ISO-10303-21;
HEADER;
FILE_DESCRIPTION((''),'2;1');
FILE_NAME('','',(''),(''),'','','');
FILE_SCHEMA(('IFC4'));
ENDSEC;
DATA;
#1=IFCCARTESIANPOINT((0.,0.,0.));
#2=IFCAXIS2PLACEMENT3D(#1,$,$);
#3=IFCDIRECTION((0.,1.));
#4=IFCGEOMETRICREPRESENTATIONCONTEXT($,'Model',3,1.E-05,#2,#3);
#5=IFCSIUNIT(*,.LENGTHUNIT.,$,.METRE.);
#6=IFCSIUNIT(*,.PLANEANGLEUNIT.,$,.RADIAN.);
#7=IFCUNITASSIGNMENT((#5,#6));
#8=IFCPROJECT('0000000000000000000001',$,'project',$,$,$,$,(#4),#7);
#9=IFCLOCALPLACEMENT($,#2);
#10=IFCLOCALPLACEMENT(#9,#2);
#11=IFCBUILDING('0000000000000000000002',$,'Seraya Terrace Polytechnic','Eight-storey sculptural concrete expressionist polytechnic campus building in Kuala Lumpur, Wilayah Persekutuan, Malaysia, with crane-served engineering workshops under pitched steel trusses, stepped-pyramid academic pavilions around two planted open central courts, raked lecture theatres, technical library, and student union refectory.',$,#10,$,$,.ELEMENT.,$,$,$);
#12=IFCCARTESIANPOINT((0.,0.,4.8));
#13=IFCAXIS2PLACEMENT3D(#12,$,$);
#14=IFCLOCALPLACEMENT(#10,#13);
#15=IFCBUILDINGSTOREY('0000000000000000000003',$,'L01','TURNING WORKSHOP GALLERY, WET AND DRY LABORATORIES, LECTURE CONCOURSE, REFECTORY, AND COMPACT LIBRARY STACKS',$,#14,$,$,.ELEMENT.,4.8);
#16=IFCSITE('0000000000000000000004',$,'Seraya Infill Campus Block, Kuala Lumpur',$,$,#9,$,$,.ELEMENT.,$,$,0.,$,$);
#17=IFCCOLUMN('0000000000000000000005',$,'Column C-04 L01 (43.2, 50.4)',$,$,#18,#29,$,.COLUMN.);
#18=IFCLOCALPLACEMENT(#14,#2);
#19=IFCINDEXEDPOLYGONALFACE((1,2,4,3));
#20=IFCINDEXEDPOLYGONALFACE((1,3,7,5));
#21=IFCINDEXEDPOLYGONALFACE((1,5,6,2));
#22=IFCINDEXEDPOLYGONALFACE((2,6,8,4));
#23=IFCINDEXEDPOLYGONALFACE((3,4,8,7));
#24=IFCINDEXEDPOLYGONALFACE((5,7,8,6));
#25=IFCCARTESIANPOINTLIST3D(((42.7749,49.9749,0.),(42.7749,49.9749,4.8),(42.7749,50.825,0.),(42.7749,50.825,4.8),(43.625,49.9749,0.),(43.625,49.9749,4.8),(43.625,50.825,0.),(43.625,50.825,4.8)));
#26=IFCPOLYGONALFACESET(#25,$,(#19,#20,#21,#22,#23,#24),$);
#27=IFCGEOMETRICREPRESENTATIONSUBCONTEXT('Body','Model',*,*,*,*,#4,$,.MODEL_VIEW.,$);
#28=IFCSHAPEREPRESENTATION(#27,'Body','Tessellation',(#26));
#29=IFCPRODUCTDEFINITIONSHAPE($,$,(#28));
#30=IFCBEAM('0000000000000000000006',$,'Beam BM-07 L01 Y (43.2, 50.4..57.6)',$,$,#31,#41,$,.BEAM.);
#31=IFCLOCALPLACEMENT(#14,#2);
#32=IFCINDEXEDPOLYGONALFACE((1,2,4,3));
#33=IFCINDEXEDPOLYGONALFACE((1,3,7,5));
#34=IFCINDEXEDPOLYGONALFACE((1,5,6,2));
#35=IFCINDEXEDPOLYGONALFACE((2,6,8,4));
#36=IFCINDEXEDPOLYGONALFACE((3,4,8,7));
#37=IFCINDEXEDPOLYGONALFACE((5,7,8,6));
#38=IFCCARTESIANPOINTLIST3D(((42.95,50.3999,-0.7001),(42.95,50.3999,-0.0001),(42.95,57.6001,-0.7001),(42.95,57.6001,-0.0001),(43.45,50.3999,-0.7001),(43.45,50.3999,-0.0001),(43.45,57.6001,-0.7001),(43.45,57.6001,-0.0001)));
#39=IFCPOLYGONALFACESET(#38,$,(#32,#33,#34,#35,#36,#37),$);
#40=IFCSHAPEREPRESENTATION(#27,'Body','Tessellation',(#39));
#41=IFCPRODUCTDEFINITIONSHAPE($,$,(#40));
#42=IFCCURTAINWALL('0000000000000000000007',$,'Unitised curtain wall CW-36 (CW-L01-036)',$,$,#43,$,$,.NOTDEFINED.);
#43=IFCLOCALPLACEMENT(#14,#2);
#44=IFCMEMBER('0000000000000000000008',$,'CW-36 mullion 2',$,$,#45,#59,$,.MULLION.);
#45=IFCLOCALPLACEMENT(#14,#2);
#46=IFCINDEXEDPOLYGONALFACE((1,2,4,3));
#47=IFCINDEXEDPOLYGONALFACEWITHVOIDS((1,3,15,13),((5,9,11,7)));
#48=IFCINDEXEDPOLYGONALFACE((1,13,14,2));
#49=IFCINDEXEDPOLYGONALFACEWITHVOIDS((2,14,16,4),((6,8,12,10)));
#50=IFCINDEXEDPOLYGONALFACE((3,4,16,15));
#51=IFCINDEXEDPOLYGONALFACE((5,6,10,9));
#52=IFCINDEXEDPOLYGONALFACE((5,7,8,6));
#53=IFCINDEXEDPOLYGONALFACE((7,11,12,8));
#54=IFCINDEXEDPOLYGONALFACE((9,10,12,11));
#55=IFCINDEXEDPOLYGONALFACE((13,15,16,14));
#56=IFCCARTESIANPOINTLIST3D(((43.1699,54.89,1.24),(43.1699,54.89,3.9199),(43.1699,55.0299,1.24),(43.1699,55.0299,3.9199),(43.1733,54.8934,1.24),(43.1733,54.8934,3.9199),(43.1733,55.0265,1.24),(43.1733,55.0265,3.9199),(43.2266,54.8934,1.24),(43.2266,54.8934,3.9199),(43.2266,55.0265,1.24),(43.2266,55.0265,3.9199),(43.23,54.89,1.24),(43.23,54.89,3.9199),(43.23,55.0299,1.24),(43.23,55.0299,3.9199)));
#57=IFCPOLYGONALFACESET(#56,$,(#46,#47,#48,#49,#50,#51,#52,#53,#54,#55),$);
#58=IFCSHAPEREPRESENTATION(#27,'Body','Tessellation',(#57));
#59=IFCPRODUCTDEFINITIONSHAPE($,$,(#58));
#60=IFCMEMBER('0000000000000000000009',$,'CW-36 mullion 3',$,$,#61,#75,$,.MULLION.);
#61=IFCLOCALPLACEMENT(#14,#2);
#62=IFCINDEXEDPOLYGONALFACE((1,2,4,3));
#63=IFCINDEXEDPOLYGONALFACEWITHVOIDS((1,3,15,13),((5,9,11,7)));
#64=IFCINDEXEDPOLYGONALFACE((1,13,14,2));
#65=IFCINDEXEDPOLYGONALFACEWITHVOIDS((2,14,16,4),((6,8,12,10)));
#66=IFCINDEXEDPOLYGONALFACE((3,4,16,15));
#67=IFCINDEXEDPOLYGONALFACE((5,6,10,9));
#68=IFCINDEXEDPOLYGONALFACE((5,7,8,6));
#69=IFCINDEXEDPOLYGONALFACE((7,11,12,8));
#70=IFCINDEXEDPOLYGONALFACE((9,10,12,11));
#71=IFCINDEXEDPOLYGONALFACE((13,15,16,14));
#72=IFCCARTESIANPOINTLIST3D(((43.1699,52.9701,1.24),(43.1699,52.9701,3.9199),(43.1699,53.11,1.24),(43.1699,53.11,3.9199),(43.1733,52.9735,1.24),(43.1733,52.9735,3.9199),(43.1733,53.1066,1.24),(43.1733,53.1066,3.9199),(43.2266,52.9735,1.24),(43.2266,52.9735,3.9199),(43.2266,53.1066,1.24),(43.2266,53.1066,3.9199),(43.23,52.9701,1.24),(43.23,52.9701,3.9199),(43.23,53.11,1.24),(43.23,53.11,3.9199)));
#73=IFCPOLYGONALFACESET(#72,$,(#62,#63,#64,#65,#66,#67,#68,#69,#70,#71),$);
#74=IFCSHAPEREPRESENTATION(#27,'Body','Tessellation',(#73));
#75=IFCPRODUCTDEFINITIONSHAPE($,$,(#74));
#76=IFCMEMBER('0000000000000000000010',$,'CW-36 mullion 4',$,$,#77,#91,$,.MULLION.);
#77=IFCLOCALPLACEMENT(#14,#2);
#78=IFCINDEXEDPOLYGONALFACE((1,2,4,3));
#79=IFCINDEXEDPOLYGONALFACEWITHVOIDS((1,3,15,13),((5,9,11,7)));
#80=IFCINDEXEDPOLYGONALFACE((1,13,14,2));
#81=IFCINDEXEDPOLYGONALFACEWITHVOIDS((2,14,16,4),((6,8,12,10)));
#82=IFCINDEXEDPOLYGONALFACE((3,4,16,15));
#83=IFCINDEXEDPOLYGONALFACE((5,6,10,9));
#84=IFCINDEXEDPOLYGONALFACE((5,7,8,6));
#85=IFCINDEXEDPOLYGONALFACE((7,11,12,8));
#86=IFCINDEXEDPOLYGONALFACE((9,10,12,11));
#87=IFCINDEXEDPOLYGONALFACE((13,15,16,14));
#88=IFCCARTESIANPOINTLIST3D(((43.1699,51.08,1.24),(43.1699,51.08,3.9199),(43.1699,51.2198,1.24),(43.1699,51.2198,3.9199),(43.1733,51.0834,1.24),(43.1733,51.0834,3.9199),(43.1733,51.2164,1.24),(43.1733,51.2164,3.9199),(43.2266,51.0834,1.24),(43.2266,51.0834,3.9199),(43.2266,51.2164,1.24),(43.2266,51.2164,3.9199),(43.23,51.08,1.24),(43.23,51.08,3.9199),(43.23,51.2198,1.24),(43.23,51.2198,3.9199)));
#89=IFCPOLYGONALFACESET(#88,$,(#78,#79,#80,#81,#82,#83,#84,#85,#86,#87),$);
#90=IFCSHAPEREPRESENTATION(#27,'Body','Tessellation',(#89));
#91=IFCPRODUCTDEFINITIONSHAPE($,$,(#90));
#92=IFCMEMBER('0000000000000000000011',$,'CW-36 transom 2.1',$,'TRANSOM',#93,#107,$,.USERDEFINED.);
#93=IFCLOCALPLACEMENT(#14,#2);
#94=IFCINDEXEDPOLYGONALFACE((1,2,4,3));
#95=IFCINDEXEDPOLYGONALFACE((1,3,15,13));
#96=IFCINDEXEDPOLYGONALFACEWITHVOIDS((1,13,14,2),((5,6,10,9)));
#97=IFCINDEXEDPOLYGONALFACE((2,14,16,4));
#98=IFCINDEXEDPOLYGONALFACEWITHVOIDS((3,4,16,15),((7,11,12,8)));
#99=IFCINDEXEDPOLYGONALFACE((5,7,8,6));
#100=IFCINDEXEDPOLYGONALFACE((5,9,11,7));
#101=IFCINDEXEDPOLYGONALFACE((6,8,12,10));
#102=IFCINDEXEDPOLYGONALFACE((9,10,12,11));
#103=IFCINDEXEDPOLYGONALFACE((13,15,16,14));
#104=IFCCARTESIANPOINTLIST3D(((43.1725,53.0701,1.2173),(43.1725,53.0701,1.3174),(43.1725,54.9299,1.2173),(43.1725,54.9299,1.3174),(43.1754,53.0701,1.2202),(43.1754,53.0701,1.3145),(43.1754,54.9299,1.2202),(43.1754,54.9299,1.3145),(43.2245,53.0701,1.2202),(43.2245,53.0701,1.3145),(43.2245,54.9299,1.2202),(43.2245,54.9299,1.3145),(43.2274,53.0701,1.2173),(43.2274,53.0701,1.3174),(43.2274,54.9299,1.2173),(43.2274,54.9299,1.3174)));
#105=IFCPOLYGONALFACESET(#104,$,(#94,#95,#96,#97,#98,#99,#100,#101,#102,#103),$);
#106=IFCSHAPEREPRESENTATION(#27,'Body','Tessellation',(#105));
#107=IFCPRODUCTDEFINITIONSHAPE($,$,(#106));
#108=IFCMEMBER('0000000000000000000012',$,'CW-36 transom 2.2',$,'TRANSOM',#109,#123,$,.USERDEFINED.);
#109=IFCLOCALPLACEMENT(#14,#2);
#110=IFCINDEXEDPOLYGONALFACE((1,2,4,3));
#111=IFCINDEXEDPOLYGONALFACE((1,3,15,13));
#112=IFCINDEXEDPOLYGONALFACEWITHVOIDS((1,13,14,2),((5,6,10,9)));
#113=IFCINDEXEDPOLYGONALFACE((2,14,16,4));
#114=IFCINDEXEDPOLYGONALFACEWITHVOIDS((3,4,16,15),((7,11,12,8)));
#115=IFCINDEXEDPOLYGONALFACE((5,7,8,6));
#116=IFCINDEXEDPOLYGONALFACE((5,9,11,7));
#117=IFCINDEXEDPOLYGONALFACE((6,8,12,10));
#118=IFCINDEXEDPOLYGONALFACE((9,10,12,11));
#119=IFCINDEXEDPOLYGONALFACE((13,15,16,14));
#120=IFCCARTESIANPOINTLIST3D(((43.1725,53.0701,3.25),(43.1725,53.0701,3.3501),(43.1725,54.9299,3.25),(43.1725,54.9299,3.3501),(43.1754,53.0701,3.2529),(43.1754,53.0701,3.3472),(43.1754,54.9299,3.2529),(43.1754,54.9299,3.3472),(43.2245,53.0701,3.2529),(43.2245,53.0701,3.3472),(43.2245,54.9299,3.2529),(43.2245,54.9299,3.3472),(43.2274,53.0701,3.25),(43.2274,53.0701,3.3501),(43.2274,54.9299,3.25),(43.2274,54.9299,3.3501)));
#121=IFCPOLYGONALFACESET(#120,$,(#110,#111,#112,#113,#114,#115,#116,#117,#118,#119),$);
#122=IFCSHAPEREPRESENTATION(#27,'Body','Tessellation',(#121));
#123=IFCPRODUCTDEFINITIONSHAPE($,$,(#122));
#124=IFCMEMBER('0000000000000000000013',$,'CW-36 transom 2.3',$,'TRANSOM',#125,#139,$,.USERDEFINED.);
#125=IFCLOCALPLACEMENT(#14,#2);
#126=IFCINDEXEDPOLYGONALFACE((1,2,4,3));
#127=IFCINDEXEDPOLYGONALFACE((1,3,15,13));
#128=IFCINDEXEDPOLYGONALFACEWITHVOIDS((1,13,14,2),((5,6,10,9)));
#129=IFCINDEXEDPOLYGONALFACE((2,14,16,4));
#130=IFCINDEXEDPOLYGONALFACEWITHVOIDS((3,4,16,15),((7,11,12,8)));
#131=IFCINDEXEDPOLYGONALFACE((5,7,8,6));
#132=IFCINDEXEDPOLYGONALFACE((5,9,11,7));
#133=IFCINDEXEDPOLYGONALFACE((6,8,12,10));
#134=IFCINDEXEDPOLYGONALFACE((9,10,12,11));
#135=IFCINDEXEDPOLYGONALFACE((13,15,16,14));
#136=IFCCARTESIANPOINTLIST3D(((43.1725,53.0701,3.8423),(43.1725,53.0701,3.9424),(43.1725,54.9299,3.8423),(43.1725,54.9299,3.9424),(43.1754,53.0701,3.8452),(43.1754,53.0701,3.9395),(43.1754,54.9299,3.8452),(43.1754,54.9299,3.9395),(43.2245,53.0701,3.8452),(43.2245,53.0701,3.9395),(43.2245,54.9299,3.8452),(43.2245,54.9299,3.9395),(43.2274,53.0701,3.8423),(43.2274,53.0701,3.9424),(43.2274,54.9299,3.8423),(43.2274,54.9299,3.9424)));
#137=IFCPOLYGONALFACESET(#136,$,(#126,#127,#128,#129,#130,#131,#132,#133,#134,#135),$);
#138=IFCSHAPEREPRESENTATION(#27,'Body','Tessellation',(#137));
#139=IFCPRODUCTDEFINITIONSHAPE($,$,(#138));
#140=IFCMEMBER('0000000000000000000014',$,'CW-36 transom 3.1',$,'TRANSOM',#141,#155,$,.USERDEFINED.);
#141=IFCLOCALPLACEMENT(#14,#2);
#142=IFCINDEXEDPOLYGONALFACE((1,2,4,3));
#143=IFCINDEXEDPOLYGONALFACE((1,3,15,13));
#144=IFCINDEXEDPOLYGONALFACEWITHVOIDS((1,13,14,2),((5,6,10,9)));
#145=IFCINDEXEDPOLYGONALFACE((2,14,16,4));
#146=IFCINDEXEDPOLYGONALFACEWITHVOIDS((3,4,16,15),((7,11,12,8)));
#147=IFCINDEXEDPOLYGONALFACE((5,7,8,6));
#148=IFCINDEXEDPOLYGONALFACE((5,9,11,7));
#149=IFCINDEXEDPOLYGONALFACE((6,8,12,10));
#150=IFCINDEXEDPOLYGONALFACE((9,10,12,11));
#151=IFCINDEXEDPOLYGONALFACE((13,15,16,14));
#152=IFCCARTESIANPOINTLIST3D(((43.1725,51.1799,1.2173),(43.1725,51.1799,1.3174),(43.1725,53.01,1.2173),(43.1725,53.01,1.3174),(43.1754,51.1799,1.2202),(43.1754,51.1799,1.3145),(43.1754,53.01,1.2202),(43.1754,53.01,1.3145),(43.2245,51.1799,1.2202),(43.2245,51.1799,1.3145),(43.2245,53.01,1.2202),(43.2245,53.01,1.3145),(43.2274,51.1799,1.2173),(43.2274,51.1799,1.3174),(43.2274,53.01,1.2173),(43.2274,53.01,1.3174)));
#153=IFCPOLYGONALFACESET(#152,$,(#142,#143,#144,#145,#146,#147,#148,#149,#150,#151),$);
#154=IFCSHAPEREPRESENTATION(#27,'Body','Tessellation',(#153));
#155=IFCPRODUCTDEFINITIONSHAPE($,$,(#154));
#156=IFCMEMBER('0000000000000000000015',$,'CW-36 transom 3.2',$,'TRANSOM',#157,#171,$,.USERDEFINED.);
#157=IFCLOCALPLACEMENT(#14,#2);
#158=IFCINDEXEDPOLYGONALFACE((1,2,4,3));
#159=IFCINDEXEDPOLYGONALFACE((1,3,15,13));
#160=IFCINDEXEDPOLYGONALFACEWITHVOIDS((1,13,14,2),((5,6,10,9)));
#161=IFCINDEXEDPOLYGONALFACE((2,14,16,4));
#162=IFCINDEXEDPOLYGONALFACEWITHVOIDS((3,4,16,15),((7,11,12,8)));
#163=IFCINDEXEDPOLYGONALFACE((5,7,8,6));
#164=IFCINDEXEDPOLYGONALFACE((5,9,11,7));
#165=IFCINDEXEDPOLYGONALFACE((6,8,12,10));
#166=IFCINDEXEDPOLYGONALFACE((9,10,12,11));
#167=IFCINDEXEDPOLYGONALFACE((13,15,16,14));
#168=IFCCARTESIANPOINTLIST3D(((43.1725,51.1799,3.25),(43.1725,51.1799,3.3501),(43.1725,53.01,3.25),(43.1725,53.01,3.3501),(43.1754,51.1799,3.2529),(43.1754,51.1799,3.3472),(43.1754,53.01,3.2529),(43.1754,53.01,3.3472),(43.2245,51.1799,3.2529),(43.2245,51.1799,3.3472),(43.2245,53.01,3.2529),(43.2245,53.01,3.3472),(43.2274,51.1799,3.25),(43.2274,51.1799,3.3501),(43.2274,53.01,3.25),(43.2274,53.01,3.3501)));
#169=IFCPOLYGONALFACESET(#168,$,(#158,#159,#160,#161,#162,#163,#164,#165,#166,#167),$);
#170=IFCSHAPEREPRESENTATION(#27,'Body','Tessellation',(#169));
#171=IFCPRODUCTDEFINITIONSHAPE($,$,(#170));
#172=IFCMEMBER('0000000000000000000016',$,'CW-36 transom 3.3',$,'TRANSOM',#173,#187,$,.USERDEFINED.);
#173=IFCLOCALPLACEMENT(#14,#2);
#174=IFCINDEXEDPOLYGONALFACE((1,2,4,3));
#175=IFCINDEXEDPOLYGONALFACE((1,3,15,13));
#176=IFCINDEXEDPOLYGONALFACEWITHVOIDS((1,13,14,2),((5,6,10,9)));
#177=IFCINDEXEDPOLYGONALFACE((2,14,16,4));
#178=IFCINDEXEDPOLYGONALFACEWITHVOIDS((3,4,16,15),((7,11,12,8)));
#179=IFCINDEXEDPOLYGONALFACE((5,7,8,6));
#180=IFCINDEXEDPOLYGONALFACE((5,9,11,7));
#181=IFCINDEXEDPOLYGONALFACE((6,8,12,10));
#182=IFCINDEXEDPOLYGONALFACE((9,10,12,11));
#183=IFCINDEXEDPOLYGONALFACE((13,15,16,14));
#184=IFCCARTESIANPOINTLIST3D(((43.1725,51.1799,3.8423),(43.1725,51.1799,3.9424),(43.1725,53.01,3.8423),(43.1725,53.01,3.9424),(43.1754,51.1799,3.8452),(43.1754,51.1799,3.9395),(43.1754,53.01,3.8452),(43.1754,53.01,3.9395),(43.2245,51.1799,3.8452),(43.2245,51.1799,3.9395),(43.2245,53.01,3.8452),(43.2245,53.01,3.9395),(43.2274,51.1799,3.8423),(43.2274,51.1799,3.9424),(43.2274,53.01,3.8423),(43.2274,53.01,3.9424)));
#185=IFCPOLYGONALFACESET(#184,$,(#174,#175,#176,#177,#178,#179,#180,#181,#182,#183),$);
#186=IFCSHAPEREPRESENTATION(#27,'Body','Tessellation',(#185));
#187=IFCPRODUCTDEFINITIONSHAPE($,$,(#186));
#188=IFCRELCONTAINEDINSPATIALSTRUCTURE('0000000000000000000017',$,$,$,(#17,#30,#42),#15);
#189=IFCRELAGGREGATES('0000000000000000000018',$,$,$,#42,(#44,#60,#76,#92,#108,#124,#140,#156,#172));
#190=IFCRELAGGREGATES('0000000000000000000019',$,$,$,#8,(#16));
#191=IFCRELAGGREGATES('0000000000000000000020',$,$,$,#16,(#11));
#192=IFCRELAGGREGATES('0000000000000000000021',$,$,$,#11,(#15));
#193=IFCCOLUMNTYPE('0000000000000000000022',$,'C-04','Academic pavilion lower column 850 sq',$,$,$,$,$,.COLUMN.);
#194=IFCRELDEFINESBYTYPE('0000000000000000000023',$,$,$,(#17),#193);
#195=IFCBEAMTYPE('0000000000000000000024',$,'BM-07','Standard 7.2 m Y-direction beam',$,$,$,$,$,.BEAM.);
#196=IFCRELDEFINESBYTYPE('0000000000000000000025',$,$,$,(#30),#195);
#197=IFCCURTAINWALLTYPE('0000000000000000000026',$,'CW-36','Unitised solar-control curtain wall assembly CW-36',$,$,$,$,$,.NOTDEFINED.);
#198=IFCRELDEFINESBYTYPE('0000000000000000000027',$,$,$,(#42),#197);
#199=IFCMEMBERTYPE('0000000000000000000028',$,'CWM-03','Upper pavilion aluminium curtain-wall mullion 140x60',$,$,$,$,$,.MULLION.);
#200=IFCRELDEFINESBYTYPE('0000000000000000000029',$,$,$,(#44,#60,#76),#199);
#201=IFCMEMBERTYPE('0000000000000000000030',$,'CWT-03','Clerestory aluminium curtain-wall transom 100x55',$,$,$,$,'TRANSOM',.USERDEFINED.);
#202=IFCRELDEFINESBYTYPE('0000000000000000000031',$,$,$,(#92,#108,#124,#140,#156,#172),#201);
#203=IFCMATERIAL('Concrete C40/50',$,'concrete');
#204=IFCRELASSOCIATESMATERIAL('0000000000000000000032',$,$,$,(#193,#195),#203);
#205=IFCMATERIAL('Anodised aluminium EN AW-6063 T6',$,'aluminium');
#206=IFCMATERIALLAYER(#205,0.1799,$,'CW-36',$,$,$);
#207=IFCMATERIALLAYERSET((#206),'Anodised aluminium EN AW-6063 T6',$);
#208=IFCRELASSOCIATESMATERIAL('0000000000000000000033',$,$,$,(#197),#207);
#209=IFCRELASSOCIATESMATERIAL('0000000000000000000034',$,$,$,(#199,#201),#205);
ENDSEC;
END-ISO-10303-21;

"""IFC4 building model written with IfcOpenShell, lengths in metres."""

from ifc_helpers import new_model, si_unit, direction, frame, origin, origin_2d, place, context, subcontext, project, spatial, rectangle, hollow_rectangle, extrude, material, layer, layer_set, material_profile, profile_set, type_object, element, aggregate, save


model = new_model("IFC4")

# Units and contexts
model_context = context("Model", 3, precision=1e-05, world=origin(), true_north=direction((0.0, 1.0)))
body_context = subcontext(model_context, "Body", "Model", "MODEL_VIEW")
ifc_project = project(units=[si_unit("LENGTHUNIT", "METRE"), si_unit("PLANEANGLEUNIT", "RADIAN")], contexts=[model_context])

# Site, building, storey
site_placement = place(None, origin())
site = spatial("IfcSite", under=ifc_project, at=site_placement, Name="Seraya Infill Campus Block, Kuala Lumpur", CompositionType="ELEMENT", RefElevation=0.0)
building_placement = place(site_placement, origin())
building = spatial("IfcBuilding", under=site, at=building_placement, Name="Seraya Terrace Polytechnic", Description="Eight-storey sculptural concrete expressionist polytechnic campus building in Kuala Lumpur, Wilayah Persekutuan, Malaysia, with crane-served engineering workshops under pitched steel trusses, stepped-pyramid academic pavilions around two planted open central courts, raked lecture theatres, technical library, and student union refectory.", CompositionType="ELEMENT")
storey_placement = place(building_placement, frame((0.0, 0.0, 4.8)))
storey = spatial("IfcBuildingStorey", under=building, at=storey_placement, Name="L01", Description="TURNING WORKSHOP GALLERY, WET AND DRY LABORATORIES, LECTURE CONCOURSE, REFECTORY, AND COMPACT LIBRARY STACKS", CompositionType="ELEMENT", Elevation=4.8)

# Column
ifc_material_1 = material(Name="Concrete C40/50", Category="concrete")
ifc_material_profile_1 = material_profile(ifc_material_1, rectangle(XDim=0.8501, YDim=0.8501, at=origin_2d()), Name="RC 850x850")
ifc_profile_set_1 = profile_set([ifc_material_profile_1], Name="Concrete C40/50")
column_type = type_object("IfcColumnType", Name="C-04", Description="Academic pavilion lower column 850 sq", PredefinedType="COLUMN", material=ifc_profile_set_1)
column_placement = place(storey_placement, frame((43.2, 50.3999, 0.0), z_axis=(0.0, 0.0, 1.0), x_axis=(1.0, 0.0, 0.0)))
element("IfcColumn", 1, at=column_placement, inside=storey, type_object=column_type, Name="Column C-04 L01 (43.2, 50.4)", PredefinedType="COLUMN", context=body_context, shape_type="SweptSolid", body=[
    extrude(rectangle(XDim=0.8501, YDim=0.8501, at=origin_2d()), origin(), (0.0, 0.0, 1.0), 4.8),
])

# Beam
ifc_material_profile_2 = material_profile(ifc_material_1, rectangle(XDim=0.5, YDim=0.7, at=origin_2d()), Name="RC 500x700")
ifc_profile_set_2 = profile_set([ifc_material_profile_2], Name="Concrete C40/50")
beam_type = type_object("IfcBeamType", Name="BM-07", Description="Standard 7.2 m Y-direction beam", PredefinedType="BEAM", material=ifc_profile_set_2)
beam_placement = place(storey_placement, frame((43.2, 50.3999, -0.3501), z_axis=(0.0, 1.0, 0.0), x_axis=(-1.0, 0.0, 0.0)))
element("IfcBeam", 2, at=beam_placement, inside=storey, type_object=beam_type, Name="Beam BM-07 L01 Y (43.2, 50.4..57.6)", PredefinedType="BEAM", context=body_context, shape_type="SweptSolid", body=[
    extrude(rectangle(XDim=0.5, YDim=0.7, at=origin_2d()), origin(), (0.0, 0.0, 1.0), 7.2002),
])

# Curtain wall, members
ifc_material_2 = material(Name="Anodised aluminium EN AW-6063 T6", Category="aluminium")
ifc_layer_1 = layer(ifc_material_2, 0.1799, Name="CW-36")
ifc_layer_set_1 = layer_set([ifc_layer_1], Name="Anodised aluminium EN AW-6063 T6")
curtain_wall_type = type_object("IfcCurtainWallType", Name="CW-36", Description="Unitised solar-control curtain wall assembly CW-36", PredefinedType="NOTDEFINED", material=ifc_layer_set_1)
curtain_wall_placement = place(storey_placement, origin())
curtain_wall = element("IfcCurtainWall", 3, at=curtain_wall_placement, inside=storey, type_object=curtain_wall_type, Name="Unitised curtain wall CW-36 (CW-L01-036)", PredefinedType="NOTDEFINED")
ifc_material_profile_3 = material_profile(ifc_material_2, hollow_rectangle(XDim=0.0601, YDim=0.1399, WallThickness=0.0034, at=origin_2d()), Name="RHS 140x60x3.5")
ifc_profile_set_3 = profile_set([ifc_material_profile_3], Name="Anodised aluminium EN AW-6063 T6")
member_type_1 = type_object("IfcMemberType", Name="CWM-03", Description="Upper pavilion aluminium curtain-wall mullion 140x60", PredefinedType="MULLION", material=ifc_profile_set_3)
member_1_placement = place(storey_placement, frame((43.2, 54.96, 1.24), z_axis=(0.0, 0.0, 1.0), x_axis=(1.0, 0.0, 0.0)))
member_1 = element("IfcMember", 4, at=member_1_placement, type_object=member_type_1, Name="CW-36 mullion 2", PredefinedType="MULLION", context=body_context, shape_type="SweptSolid", body=[
    extrude(hollow_rectangle(XDim=0.0601, YDim=0.1399, WallThickness=0.0034, at=origin_2d()), origin(), (0.0, 0.0, 1.0), 2.6799),
])
member_2_placement = place(storey_placement, frame((43.2, 53.04, 1.24), z_axis=(0.0, 0.0, 1.0), x_axis=(1.0, 0.0, 0.0)))
member_2 = element("IfcMember", 5, at=member_2_placement, type_object=member_type_1, Name="CW-36 mullion 3", PredefinedType="MULLION", context=body_context, shape_type="SweptSolid", body=[
    extrude(hollow_rectangle(XDim=0.0601, YDim=0.1399, WallThickness=0.0034, at=origin_2d()), origin(), (0.0, 0.0, 1.0), 2.6799),
])
member_3_placement = place(storey_placement, frame((43.2, 51.1499, 1.24), z_axis=(0.0, 0.0, 1.0), x_axis=(1.0, 0.0, 0.0)))
member_3 = element("IfcMember", 6, at=member_3_placement, type_object=member_type_1, Name="CW-36 mullion 4", PredefinedType="MULLION", context=body_context, shape_type="SweptSolid", body=[
    extrude(hollow_rectangle(XDim=0.0601, YDim=0.1399, WallThickness=0.0034, at=origin_2d()), origin(), (0.0, 0.0, 1.0), 2.6799),
])
ifc_material_profile_4 = material_profile(ifc_material_2, hollow_rectangle(XDim=0.0549, YDim=0.1001, WallThickness=0.0029, at=origin_2d()), Name="RHS 100x55x3.0")
ifc_profile_set_4 = profile_set([ifc_material_profile_4], Name="Anodised aluminium EN AW-6063 T6")
member_type_2 = type_object("IfcMemberType", Name="CWT-03", Description="Clerestory aluminium curtain-wall transom 100x55", ElementType="TRANSOM", PredefinedType="USERDEFINED", material=ifc_profile_set_4)
member_4_placement = place(storey_placement, frame((43.2, 54.9299, 1.2673), z_axis=(0.0, -1.0, 0.0), x_axis=(1.0, 0.0, 0.0)))
member_4 = element("IfcMember", 7, at=member_4_placement, type_object=member_type_2, Name="CW-36 transom 2.1", ObjectType="TRANSOM", PredefinedType="USERDEFINED", context=body_context, shape_type="SweptSolid", body=[
    extrude(hollow_rectangle(XDim=0.0549, YDim=0.1001, WallThickness=0.0029, at=origin_2d()), origin(), (0.0, 0.0, 1.0), 1.8599),
])
member_5_placement = place(storey_placement, frame((43.2, 54.9299, 3.3), z_axis=(0.0, -1.0, 0.0), x_axis=(1.0, 0.0, 0.0)))
member_5 = element("IfcMember", 8, at=member_5_placement, type_object=member_type_2, Name="CW-36 transom 2.2", ObjectType="TRANSOM", PredefinedType="USERDEFINED", context=body_context, shape_type="SweptSolid", body=[
    extrude(hollow_rectangle(XDim=0.0549, YDim=0.1001, WallThickness=0.0029, at=origin_2d()), origin(), (0.0, 0.0, 1.0), 1.8599),
])
member_6_placement = place(storey_placement, frame((43.2, 54.9299, 3.8923), z_axis=(0.0, -1.0, 0.0), x_axis=(1.0, 0.0, 0.0)))
member_6 = element("IfcMember", 9, at=member_6_placement, type_object=member_type_2, Name="CW-36 transom 2.3", ObjectType="TRANSOM", PredefinedType="USERDEFINED", context=body_context, shape_type="SweptSolid", body=[
    extrude(hollow_rectangle(XDim=0.0549, YDim=0.1001, WallThickness=0.0029, at=origin_2d()), origin(), (0.0, 0.0, 1.0), 1.8599),
])
member_7_placement = place(storey_placement, frame((43.2, 53.01, 1.2673), z_axis=(0.0, -1.0, 0.0), x_axis=(1.0, 0.0, 0.0)))
member_7 = element("IfcMember", 10, at=member_7_placement, type_object=member_type_2, Name="CW-36 transom 3.1", ObjectType="TRANSOM", PredefinedType="USERDEFINED", context=body_context, shape_type="SweptSolid", body=[
    extrude(hollow_rectangle(XDim=0.0549, YDim=0.1001, WallThickness=0.0029, at=origin_2d()), origin(), (0.0, 0.0, 1.0), 1.8301),
])
member_8_placement = place(storey_placement, frame((43.2, 53.01, 3.3), z_axis=(0.0, -1.0, 0.0), x_axis=(1.0, 0.0, 0.0)))
member_8 = element("IfcMember", 11, at=member_8_placement, type_object=member_type_2, Name="CW-36 transom 3.2", ObjectType="TRANSOM", PredefinedType="USERDEFINED", context=body_context, shape_type="SweptSolid", body=[
    extrude(hollow_rectangle(XDim=0.0549, YDim=0.1001, WallThickness=0.0029, at=origin_2d()), origin(), (0.0, 0.0, 1.0), 1.8301),
])
member_9_placement = place(storey_placement, frame((43.2, 53.01, 3.8923), z_axis=(0.0, -1.0, 0.0), x_axis=(1.0, 0.0, 0.0)))
member_9 = element("IfcMember", 12, at=member_9_placement, type_object=member_type_2, Name="CW-36 transom 3.3", ObjectType="TRANSOM", PredefinedType="USERDEFINED", context=body_context, shape_type="SweptSolid", body=[
    extrude(hollow_rectangle(XDim=0.0549, YDim=0.1001, WallThickness=0.0029, at=origin_2d()), origin(), (0.0, 0.0, 1.0), 1.8301),
])
aggregate(curtain_wall, [member_1, member_2, member_3, member_4, member_5, member_6, member_7, member_8, member_9])

save(model, "model.ifc")
